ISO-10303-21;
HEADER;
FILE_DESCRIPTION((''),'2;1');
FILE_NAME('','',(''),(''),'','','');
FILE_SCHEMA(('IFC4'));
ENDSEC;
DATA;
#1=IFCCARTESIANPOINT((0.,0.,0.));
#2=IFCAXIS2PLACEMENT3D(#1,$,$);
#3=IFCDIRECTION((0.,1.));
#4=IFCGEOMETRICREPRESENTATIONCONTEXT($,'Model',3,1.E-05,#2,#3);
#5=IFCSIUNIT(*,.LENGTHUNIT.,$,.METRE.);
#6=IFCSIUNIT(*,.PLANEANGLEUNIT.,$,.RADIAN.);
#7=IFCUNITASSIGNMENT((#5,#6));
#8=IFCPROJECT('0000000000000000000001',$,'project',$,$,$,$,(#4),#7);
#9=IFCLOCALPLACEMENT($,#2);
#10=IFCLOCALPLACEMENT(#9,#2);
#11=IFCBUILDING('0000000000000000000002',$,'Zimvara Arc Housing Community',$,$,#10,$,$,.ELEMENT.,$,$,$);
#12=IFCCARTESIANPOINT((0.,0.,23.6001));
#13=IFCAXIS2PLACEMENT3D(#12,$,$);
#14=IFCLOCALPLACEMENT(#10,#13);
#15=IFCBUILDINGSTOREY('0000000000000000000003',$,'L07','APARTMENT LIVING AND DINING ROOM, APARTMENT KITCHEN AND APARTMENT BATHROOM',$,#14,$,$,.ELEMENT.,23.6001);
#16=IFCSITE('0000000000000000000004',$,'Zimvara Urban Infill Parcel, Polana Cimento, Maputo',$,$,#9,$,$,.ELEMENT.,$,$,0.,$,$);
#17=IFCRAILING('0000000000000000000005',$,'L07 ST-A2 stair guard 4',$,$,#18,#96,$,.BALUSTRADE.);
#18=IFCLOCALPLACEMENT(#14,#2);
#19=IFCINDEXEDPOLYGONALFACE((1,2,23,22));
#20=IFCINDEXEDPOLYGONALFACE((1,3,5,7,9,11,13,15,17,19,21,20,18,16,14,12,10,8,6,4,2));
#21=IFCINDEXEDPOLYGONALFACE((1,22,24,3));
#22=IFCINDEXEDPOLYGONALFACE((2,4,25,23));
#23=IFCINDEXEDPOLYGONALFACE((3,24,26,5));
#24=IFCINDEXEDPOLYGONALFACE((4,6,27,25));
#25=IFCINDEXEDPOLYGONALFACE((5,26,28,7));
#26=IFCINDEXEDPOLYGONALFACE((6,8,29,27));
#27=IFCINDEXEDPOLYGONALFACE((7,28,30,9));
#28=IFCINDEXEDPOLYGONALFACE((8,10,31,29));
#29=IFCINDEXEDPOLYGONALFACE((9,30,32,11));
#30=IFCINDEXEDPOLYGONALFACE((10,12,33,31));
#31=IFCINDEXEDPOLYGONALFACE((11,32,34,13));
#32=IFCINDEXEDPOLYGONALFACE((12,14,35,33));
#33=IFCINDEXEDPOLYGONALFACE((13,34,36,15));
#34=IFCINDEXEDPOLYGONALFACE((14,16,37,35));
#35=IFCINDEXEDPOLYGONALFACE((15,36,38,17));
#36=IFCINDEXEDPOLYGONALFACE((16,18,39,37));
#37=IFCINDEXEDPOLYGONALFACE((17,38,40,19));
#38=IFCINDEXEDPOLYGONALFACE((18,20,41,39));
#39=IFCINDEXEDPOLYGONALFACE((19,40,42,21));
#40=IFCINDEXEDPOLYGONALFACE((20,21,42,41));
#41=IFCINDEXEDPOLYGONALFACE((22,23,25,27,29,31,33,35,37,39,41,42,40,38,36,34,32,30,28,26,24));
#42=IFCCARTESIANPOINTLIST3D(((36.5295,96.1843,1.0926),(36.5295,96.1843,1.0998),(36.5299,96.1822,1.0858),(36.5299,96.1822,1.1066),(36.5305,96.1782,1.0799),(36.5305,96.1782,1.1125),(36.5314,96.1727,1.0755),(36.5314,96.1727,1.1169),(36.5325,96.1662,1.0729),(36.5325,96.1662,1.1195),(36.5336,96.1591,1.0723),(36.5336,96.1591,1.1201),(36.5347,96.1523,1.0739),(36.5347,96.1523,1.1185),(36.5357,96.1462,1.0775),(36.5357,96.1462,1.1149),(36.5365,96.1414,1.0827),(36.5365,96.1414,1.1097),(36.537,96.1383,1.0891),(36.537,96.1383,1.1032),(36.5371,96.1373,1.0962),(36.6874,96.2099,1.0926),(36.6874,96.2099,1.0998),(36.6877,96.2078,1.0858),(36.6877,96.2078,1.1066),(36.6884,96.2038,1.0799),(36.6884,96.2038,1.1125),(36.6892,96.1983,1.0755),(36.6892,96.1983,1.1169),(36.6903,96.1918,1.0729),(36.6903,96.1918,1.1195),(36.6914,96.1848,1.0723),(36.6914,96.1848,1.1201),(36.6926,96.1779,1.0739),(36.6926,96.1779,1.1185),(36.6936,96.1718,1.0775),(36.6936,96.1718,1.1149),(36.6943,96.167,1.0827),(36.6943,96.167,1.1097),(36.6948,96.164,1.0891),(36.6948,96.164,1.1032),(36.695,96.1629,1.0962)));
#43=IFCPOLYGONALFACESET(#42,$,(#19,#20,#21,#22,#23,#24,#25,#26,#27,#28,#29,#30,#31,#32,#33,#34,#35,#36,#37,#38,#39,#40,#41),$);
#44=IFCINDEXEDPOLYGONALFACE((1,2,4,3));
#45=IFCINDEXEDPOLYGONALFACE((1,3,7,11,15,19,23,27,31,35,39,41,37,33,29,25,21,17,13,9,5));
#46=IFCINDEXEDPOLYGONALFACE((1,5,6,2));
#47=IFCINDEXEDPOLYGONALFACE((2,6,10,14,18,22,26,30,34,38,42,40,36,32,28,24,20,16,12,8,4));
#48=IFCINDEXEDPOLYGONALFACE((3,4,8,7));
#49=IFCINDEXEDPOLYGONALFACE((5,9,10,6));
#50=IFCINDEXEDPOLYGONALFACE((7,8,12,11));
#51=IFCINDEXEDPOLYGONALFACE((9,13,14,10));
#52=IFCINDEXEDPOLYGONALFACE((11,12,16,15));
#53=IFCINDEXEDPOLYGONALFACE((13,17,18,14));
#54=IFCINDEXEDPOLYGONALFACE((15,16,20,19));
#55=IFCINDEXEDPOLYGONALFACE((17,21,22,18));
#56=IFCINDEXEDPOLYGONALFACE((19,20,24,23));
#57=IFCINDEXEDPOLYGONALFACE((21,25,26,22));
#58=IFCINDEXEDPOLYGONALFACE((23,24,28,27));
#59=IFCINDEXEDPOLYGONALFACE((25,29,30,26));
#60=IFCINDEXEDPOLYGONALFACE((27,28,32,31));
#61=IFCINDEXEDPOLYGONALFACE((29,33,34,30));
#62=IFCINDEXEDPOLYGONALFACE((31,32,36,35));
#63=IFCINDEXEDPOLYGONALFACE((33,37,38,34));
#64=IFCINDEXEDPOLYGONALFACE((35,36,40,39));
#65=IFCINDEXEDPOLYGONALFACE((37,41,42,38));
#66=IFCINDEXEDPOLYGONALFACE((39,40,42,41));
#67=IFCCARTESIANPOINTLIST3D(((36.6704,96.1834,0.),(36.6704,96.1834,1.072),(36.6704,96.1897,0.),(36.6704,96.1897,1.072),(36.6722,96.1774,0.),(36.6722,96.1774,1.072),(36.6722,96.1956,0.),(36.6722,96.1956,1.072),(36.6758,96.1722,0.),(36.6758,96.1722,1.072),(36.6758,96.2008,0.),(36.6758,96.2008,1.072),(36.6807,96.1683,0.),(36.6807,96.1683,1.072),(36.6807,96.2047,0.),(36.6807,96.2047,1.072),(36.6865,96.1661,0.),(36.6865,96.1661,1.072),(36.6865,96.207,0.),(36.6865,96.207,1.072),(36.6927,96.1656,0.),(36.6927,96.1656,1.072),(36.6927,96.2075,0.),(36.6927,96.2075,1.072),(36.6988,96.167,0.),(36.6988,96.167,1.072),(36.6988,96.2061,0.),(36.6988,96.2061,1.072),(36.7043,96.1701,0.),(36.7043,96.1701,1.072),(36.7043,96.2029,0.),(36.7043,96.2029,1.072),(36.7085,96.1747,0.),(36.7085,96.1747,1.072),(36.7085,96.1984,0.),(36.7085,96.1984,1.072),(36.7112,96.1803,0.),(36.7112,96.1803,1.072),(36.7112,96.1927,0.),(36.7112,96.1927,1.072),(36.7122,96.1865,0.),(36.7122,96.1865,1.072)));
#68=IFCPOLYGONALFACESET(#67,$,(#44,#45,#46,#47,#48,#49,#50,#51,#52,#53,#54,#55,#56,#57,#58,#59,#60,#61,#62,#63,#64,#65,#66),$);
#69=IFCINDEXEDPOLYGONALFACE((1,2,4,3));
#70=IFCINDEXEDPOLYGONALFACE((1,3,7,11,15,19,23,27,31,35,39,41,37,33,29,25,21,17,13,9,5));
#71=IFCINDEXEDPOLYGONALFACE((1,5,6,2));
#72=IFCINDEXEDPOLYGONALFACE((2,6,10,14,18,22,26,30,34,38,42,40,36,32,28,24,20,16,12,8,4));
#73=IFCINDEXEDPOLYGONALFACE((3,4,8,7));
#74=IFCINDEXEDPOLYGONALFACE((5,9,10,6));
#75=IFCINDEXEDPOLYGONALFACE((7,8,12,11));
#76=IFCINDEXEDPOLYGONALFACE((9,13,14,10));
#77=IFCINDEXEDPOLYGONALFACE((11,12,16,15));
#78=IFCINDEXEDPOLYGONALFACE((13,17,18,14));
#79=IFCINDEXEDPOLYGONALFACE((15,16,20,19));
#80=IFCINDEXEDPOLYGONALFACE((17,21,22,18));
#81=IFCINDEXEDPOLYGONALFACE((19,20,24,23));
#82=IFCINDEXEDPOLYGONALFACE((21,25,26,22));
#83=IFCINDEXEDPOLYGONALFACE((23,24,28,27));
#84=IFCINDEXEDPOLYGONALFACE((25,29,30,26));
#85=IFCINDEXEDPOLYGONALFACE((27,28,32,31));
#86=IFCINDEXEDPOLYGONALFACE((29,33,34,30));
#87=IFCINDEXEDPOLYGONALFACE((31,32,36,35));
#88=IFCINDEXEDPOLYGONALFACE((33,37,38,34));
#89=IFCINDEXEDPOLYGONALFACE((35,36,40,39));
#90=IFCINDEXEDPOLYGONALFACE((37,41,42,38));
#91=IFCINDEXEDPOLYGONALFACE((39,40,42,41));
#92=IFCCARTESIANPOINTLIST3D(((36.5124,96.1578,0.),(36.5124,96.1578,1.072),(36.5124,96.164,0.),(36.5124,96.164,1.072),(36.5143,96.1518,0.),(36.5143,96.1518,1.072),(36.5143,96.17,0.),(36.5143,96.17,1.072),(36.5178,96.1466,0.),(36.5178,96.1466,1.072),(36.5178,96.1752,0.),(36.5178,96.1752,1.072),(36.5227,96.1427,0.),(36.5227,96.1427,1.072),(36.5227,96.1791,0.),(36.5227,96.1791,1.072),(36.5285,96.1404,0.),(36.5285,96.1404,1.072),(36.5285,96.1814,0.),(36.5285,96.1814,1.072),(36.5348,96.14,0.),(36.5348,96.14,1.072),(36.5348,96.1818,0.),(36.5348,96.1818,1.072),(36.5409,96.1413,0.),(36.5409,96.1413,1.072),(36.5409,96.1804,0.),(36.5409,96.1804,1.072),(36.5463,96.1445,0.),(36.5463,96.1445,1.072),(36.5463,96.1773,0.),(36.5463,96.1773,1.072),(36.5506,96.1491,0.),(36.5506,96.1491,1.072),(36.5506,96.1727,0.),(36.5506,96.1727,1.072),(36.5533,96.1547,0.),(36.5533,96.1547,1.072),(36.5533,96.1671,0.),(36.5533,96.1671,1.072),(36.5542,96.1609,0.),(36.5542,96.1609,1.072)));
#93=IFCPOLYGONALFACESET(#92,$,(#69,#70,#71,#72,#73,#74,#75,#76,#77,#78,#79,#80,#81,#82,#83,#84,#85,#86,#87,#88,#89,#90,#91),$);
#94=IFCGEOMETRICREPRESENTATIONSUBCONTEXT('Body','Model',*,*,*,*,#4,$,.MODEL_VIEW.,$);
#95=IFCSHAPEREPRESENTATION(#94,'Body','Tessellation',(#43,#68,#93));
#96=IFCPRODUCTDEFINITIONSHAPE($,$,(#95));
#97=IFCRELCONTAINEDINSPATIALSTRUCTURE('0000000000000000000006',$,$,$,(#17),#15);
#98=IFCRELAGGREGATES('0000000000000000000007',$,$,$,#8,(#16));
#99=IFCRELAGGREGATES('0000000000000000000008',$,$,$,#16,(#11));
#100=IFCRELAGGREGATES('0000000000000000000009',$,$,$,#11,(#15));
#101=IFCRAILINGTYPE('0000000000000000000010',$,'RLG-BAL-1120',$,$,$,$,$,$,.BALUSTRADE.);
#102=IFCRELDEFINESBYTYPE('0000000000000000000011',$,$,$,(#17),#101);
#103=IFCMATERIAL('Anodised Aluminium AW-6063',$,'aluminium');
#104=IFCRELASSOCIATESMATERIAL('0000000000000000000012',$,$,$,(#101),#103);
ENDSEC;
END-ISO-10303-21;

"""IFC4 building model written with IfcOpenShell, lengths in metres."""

from ifc_helpers import new_model, si_unit, direction, frame, origin, origin_2d, place, context, subcontext, project, spatial, circle, extrude, material, type_object, element, save


model = new_model("IFC4")

# Units and contexts
model_context = context("Model", 3, precision=1e-05, world=origin(), true_north=direction((0.0, 1.0)))
body_context = subcontext(model_context, "Body", "Model", "MODEL_VIEW")
ifc_project = project(units=[si_unit("LENGTHUNIT", "METRE"), si_unit("PLANEANGLEUNIT", "RADIAN")], contexts=[model_context])

# Site, building, storey
site_placement = place(None, origin())
site = spatial("IfcSite", under=ifc_project, at=site_placement, Name="Zimvara Urban Infill Parcel, Polana Cimento, Maputo", CompositionType="ELEMENT", RefElevation=0.0)
building_placement = place(site_placement, origin())
building = spatial("IfcBuilding", under=site, at=building_placement, Name="Zimvara Arc Housing Community", CompositionType="ELEMENT")
storey_placement = place(building_placement, frame((0.0, 0.0, 23.6001)))
storey = spatial("IfcBuildingStorey", under=building, at=storey_placement, Name="L07", Description="APARTMENT LIVING AND DINING ROOM, APARTMENT KITCHEN AND APARTMENT BATHROOM", CompositionType="ELEMENT", Elevation=23.6001)

# Railing
ifc_material_1 = material(Name="Anodised Aluminium AW-6063", Category="aluminium")
railing_type_1 = type_object("IfcRailingType", Name="RLG-BAL-1120", PredefinedType="BALUSTRADE", material=ifc_material_1)
railing_1_placement = place(storey_placement, frame((36.6912, 96.1865, 0.0)))
element("IfcRailing", 1, at=railing_1_placement, inside=storey, type_object=railing_type_1, Name="L07 ST-A2 stair guard 4", PredefinedType="BALUSTRADE", context=body_context, shape_type="SweptSolid", body=[
    extrude(circle(Radius=0.0239, at=origin_2d()), frame((0.0, 0.0, 1.0962), z_axis=(-0.987086, -0.160192, 0.0), x_axis=(0.160192, -0.987086, 0.0)), (0.0, 0.0, 1.0), 0.1599),
    extrude(circle(Radius=0.021, at=origin_2d()), origin(), (0.0, 0.0, 1.0), 1.072),
    extrude(circle(Radius=0.021, at=origin_2d()), frame((-0.158, -0.0256, 0.0)), (0.0, 0.0, 1.0), 1.072),
])

save(model, "model.ifc")
